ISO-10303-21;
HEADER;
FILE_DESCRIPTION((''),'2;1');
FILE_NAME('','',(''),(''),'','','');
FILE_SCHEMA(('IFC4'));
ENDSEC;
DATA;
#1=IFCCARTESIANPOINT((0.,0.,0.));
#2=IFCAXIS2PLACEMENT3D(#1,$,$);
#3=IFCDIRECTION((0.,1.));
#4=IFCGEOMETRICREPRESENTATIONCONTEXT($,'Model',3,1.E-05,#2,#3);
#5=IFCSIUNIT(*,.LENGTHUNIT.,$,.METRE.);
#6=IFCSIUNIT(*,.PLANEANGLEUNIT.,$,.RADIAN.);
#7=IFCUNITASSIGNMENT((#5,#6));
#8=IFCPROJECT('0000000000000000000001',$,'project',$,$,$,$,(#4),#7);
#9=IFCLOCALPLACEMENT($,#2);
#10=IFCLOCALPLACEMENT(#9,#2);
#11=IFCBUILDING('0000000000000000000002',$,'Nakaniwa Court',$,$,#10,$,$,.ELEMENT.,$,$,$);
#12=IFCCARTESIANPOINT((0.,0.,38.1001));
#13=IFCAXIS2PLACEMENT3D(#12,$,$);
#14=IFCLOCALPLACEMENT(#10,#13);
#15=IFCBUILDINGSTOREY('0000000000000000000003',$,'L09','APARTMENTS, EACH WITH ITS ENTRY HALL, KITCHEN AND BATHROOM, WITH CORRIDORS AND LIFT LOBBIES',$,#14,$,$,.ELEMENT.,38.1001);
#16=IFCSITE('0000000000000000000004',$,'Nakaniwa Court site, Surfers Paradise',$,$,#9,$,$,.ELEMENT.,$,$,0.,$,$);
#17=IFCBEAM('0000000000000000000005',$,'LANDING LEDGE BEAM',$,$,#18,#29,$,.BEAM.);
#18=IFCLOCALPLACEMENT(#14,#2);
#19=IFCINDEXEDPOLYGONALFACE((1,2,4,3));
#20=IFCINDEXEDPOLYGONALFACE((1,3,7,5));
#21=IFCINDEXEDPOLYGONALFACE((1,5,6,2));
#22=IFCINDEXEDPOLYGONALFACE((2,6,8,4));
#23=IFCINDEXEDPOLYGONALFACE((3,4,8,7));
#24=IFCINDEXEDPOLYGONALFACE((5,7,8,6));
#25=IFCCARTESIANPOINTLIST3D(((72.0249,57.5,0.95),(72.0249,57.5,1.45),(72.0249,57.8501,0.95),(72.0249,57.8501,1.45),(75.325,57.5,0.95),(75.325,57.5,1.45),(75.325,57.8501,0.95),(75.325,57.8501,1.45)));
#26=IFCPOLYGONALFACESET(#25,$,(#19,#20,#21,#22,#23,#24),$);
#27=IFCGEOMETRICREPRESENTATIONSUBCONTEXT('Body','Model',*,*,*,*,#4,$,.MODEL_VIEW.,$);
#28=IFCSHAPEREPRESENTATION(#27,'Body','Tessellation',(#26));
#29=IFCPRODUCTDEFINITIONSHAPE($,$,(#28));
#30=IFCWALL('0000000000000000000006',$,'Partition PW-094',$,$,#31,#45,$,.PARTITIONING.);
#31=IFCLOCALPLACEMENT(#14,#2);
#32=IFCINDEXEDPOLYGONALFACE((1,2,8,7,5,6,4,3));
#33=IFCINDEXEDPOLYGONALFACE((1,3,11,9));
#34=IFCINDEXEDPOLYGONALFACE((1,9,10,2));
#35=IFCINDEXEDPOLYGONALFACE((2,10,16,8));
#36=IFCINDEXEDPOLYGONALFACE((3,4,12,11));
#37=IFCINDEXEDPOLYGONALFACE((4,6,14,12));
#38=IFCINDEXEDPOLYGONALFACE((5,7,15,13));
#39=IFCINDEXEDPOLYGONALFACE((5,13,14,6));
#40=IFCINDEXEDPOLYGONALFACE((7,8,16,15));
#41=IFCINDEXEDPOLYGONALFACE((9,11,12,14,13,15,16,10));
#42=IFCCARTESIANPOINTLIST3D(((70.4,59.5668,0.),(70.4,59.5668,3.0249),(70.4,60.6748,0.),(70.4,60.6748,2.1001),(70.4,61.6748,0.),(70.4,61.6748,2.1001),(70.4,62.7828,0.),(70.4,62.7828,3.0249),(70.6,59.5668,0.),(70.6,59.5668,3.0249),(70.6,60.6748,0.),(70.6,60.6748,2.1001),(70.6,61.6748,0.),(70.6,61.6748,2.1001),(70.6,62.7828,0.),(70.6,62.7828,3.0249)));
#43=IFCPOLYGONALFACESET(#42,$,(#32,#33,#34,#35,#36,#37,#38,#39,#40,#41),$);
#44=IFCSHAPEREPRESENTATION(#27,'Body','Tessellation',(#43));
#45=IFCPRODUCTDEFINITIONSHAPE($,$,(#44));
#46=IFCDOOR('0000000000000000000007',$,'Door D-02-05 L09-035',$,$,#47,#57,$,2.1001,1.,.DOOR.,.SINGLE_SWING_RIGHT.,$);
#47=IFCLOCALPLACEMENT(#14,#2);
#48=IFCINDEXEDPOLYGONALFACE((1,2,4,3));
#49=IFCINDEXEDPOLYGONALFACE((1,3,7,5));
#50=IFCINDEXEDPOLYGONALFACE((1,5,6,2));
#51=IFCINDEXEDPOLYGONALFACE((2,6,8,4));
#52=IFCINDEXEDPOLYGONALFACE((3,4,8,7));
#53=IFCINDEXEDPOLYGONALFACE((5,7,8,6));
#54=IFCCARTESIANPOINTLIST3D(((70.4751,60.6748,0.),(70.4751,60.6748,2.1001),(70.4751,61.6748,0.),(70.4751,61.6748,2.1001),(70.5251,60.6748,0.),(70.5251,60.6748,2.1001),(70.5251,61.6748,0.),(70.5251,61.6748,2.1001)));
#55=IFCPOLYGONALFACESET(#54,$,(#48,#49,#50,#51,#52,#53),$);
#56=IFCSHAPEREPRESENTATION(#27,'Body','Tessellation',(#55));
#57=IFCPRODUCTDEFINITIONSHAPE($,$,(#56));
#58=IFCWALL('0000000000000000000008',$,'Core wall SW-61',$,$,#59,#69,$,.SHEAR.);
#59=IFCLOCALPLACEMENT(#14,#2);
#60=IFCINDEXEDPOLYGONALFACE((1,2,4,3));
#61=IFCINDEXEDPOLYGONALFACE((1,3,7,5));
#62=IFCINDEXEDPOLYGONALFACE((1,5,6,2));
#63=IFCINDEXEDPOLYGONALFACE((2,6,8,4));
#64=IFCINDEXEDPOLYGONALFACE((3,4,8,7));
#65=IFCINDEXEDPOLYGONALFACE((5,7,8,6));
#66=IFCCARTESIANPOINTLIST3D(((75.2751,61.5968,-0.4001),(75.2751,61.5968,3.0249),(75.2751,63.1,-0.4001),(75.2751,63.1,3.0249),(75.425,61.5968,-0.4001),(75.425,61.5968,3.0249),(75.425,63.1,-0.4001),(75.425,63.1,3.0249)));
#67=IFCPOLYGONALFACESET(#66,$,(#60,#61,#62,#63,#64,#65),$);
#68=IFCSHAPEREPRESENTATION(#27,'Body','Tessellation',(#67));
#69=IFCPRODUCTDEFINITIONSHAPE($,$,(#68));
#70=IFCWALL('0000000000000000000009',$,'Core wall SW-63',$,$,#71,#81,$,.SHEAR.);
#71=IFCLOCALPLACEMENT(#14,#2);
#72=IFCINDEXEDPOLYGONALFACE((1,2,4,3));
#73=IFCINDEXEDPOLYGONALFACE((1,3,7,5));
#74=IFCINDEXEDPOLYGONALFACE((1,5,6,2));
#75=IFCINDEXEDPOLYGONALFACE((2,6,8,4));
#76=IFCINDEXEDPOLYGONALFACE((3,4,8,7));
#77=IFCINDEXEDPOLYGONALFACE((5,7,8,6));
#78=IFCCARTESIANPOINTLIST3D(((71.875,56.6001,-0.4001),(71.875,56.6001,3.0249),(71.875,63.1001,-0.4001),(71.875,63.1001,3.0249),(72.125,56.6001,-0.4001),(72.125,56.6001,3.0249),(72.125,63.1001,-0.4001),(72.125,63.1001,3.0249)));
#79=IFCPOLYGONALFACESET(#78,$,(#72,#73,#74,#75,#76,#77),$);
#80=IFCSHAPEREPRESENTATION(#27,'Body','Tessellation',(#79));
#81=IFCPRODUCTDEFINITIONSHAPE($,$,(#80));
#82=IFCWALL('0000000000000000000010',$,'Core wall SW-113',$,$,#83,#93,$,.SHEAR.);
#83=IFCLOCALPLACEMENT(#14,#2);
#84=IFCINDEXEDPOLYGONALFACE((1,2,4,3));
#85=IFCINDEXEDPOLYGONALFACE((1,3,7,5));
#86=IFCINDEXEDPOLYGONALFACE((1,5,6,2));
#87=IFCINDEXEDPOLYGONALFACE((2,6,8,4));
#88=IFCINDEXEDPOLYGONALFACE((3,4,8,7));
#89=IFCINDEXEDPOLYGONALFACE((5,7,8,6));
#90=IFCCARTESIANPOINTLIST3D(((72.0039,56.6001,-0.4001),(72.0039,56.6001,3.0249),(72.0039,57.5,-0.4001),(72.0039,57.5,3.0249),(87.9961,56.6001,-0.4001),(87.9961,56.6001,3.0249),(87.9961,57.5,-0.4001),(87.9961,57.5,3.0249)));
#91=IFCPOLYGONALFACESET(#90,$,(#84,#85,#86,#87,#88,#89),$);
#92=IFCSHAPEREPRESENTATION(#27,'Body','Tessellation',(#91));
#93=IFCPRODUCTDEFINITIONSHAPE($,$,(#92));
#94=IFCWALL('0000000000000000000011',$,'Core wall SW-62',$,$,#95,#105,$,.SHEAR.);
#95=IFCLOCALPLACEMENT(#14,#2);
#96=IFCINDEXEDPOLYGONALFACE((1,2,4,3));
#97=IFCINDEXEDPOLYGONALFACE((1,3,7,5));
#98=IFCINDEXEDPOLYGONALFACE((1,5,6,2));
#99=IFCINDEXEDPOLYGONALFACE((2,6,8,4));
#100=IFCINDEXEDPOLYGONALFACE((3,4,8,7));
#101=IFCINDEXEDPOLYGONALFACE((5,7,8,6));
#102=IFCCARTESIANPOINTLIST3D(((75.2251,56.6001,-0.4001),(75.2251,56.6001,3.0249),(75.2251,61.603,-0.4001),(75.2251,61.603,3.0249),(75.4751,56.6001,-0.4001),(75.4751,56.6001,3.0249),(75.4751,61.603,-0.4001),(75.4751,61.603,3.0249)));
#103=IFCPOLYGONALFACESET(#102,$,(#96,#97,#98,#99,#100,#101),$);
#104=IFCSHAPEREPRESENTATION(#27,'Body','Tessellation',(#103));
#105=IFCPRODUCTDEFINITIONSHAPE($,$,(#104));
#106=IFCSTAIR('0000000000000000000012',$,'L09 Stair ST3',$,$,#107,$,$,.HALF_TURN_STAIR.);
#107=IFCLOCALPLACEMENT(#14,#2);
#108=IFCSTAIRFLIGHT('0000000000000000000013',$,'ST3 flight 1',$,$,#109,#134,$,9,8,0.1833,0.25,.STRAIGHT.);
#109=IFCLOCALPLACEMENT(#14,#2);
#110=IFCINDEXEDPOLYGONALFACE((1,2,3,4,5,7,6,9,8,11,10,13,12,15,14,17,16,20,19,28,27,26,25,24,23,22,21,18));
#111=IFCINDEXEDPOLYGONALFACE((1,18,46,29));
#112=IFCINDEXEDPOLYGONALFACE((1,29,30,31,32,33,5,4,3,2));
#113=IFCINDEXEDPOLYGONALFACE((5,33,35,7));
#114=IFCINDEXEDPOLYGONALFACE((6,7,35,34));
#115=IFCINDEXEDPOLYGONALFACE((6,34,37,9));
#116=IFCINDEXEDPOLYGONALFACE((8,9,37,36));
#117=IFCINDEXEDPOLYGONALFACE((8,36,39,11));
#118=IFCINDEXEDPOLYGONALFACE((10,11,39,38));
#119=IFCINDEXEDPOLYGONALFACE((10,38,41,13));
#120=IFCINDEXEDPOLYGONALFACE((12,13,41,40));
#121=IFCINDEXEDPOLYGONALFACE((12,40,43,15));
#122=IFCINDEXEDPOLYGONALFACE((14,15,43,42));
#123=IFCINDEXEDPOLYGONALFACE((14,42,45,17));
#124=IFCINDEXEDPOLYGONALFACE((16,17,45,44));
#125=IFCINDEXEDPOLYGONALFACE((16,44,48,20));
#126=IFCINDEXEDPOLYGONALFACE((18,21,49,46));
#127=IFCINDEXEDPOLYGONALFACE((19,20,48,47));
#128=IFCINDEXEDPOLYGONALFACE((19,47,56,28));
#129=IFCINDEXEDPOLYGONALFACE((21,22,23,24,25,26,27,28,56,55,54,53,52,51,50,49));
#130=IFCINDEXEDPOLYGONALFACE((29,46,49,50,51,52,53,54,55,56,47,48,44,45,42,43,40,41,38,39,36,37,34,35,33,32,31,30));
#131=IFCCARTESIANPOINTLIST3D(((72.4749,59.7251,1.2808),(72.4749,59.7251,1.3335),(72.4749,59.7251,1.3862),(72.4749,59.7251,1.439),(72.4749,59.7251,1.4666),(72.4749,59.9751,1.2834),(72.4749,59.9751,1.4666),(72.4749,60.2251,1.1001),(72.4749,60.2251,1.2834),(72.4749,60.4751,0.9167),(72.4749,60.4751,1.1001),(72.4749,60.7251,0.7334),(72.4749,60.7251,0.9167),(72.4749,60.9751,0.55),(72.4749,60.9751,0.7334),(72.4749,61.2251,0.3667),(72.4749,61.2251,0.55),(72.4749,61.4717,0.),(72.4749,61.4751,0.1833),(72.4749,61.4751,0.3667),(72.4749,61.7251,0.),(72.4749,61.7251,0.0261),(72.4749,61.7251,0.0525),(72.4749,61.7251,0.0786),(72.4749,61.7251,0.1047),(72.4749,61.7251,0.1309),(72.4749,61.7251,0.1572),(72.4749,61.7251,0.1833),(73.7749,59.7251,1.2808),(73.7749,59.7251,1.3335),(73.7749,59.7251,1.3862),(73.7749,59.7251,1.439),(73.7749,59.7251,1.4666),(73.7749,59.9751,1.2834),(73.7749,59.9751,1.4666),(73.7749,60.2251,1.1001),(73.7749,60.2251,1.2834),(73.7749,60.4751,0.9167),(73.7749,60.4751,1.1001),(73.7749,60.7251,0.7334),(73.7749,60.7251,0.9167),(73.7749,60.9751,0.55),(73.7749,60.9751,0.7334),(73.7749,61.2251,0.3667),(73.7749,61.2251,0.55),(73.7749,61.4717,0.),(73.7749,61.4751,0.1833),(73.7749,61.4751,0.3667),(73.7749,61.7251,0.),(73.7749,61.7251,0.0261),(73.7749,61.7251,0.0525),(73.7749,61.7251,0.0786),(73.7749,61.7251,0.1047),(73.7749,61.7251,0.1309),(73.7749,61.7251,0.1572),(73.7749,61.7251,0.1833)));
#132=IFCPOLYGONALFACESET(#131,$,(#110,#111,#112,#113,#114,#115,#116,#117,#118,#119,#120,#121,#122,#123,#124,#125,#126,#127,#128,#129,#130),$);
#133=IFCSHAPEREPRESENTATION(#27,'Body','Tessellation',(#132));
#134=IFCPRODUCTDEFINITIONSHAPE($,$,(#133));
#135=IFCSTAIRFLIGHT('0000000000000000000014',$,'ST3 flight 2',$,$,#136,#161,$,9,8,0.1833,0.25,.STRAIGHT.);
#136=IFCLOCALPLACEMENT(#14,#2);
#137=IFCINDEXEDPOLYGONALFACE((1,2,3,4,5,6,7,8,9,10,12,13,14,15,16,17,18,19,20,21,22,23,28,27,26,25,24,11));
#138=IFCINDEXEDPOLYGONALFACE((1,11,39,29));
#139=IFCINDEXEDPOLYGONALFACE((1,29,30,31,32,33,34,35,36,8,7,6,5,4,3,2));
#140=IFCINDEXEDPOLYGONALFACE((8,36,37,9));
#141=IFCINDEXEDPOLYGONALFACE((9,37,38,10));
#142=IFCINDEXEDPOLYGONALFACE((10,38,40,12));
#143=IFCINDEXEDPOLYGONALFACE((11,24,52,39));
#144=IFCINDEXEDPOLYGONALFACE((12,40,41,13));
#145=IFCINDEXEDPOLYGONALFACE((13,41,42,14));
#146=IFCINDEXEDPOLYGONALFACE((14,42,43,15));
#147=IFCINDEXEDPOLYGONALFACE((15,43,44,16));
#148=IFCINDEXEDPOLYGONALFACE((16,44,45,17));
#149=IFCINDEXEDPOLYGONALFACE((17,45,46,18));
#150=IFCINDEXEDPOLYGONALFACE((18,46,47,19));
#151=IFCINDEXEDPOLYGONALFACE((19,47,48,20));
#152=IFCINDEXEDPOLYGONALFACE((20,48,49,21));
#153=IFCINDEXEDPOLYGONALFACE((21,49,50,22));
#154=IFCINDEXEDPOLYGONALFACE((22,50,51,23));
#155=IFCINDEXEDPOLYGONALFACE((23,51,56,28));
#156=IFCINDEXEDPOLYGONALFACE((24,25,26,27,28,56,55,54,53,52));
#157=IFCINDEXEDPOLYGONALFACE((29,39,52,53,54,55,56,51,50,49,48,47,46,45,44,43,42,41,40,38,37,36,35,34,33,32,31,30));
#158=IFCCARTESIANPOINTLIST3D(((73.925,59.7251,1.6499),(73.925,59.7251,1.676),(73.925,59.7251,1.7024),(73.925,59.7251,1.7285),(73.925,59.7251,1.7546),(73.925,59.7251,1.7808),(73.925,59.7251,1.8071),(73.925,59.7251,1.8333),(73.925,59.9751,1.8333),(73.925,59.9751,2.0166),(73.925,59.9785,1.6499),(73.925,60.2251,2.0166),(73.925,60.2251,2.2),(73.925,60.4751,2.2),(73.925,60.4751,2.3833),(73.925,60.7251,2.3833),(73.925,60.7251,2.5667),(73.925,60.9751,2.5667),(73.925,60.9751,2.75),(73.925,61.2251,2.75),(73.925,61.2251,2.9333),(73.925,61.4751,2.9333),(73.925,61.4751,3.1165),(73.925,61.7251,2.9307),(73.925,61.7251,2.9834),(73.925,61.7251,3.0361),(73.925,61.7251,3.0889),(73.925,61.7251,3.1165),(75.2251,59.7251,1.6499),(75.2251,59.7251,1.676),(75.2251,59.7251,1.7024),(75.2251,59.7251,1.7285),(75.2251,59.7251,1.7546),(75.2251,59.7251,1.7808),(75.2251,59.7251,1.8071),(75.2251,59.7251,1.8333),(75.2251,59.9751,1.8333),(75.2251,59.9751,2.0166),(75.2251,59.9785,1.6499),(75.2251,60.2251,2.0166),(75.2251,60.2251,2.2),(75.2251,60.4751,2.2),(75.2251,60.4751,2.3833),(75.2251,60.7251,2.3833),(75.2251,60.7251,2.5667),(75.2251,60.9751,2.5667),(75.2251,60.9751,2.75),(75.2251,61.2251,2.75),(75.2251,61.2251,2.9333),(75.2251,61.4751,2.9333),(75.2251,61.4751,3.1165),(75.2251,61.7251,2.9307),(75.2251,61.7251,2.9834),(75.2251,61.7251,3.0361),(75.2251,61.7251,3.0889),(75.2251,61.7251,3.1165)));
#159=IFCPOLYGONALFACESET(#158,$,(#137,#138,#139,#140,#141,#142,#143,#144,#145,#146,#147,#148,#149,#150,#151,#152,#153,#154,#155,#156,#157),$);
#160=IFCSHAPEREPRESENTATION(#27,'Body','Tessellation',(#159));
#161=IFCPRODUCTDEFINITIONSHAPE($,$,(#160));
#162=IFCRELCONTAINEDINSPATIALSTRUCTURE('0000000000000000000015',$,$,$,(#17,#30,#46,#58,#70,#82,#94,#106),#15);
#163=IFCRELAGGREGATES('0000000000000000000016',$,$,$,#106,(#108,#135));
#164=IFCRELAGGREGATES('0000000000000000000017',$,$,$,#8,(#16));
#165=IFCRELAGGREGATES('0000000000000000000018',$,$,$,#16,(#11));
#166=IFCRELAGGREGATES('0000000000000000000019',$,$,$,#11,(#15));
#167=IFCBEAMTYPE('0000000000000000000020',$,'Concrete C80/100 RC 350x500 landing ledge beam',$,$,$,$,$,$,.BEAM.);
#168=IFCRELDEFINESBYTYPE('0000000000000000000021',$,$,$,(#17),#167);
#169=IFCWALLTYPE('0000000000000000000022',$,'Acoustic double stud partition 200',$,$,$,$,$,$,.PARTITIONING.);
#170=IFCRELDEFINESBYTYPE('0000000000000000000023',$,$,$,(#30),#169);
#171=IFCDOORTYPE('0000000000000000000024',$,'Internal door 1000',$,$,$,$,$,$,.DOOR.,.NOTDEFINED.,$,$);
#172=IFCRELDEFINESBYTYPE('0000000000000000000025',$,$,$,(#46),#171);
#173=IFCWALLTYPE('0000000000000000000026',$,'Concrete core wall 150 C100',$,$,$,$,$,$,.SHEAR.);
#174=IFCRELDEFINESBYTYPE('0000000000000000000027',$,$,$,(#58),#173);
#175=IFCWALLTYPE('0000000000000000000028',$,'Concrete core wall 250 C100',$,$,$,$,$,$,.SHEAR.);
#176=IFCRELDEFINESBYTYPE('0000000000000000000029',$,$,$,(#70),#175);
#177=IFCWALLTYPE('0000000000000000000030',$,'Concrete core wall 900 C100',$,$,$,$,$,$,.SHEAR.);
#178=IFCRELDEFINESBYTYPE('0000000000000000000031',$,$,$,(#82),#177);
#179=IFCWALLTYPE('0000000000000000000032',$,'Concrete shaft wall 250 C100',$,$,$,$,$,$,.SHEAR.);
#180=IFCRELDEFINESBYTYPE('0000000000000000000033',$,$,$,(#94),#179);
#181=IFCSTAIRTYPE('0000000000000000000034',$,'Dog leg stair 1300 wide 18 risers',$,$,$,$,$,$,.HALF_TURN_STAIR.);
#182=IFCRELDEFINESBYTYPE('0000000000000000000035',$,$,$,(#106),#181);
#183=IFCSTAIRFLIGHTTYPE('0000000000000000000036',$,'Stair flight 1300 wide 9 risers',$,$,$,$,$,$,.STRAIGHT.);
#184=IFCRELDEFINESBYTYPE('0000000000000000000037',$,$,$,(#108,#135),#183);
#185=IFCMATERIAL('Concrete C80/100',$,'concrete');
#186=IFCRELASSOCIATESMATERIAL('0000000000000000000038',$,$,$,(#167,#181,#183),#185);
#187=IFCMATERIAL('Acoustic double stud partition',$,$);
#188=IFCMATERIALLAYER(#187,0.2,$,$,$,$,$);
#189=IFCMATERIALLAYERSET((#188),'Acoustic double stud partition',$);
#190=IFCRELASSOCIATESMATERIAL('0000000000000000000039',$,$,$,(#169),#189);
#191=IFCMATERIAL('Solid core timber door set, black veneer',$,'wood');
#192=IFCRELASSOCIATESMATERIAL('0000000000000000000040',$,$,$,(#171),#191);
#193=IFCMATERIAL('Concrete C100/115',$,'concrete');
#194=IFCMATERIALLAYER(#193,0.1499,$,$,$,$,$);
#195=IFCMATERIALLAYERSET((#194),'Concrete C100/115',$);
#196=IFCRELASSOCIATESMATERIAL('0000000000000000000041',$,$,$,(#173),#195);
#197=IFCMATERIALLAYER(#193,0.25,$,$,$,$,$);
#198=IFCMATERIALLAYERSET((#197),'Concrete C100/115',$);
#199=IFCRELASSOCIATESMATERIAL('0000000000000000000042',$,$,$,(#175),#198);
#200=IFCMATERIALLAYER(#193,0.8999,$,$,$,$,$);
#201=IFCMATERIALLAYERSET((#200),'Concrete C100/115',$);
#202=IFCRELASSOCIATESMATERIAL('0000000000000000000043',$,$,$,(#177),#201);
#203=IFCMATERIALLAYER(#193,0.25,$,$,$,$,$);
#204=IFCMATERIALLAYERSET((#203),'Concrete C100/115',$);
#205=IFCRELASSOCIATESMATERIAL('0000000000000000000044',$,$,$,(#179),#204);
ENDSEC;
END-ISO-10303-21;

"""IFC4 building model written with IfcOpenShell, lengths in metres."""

from ifc_helpers import new_model, si_unit, direction, frame, frame_2d, origin, origin_2d, place, context, subcontext, project, spatial, polyline, rectangle, outline, extrude, material, layer, layer_set, material_profile, profile_set, type_object, element, fill, aggregate, save


model = new_model("IFC4")

# Units and contexts
model_context = context("Model", 3, precision=1e-05, world=origin(), true_north=direction((0.0, 1.0)))
body_context = subcontext(model_context, "Body", "Model", "MODEL_VIEW")
ifc_project = project(units=[si_unit("LENGTHUNIT", "METRE"), si_unit("PLANEANGLEUNIT", "RADIAN")], contexts=[model_context])

# Site, building, storey
site_placement = place(None, origin())
site = spatial("IfcSite", under=ifc_project, at=site_placement, Name="Nakaniwa Court site, Surfers Paradise", CompositionType="ELEMENT", RefElevation=0.0)
building_placement = place(site_placement, origin())
building = spatial("IfcBuilding", under=site, at=building_placement, Name="Nakaniwa Court", CompositionType="ELEMENT")
storey_placement = place(building_placement, frame((0.0, 0.0, 38.1001)))
storey = spatial("IfcBuildingStorey", under=building, at=storey_placement, Name="L09", Description="APARTMENTS, EACH WITH ITS ENTRY HALL, KITCHEN AND BATHROOM, WITH CORRIDORS AND LIFT LOBBIES", CompositionType="ELEMENT", Elevation=38.1001)

# Beam
ifc_material_1 = material(Name="Concrete C80/100", Category="concrete")
ifc_material_profile = material_profile(ifc_material_1, rectangle(XDim=0.3501, YDim=0.5, at=origin_2d()), Name="Concrete C80/100 RC 350x500 landing ledge beam")
ifc_profile_set = profile_set([ifc_material_profile], Name="Concrete C80/100")
beam_type = type_object("IfcBeamType", Name="Concrete C80/100 RC 350x500 landing ledge beam", PredefinedType="BEAM", material=ifc_profile_set)
beam_placement = place(storey_placement, frame((72.0249, 57.675, 1.2), z_axis=(1.0, 0.0, 0.0), x_axis=(0.0, 1.0, 0.0)))
element("IfcBeam", 1, at=beam_placement, inside=storey, type_object=beam_type, Name="LANDING LEDGE BEAM", PredefinedType="BEAM", context=body_context, shape_type="SweptSolid", body=[
    extrude(rectangle(XDim=0.3501, YDim=0.5, at=origin_2d()), origin(), (0.0, 0.0, 1.0), 3.3),
])

# Wall, opening, door
ifc_material_2 = material(Name="Acoustic double stud partition")
ifc_layer_1 = layer(ifc_material_2, 0.2)
ifc_layer_set_1 = layer_set([ifc_layer_1], Name="Acoustic double stud partition")
wall_type_1 = type_object("IfcWallType", Name="Acoustic double stud partition 200", PredefinedType="PARTITIONING", material=ifc_layer_set_1)
wall_1_placement = place(storey_placement, frame((70.5, 59.5669, 0.0), z_axis=(0.0, 0.0, 1.0), x_axis=(0.0, 1.0, 0.0)))
wall_1 = element("IfcWall", 2, at=wall_1_placement, inside=storey, type_object=wall_type_1, Name="Partition PW-094", PredefinedType="PARTITIONING", context=body_context, shape_type="SweptSolid", body=[
    extrude(rectangle(XDim=3.2161, YDim=0.2, at=frame_2d((1.6079, 0.0))), origin(), (0.0, 0.0, 1.0), 3.0249),
])
opening_placement = place(wall_1_placement, frame((1.1079, 0.0, 0.0)))
opening = element("IfcOpeningElement", 3, at=opening_placement, cuts=wall_1, PredefinedType="OPENING", context=body_context, shape_type="SweptSolid", body=[
    extrude(rectangle(XDim=1.0, YDim=2.1001, at=frame_2d((0.5, 1.05))), frame((0.0, 0.1099, 0.0), z_axis=(0.0, -1.0, 0.0), x_axis=(1.0, 0.0, 0.0)), (0.0, 0.0, 1.0), 0.22),
])
ifc_material_3 = material(Name="Solid core timber door set, black veneer", Category="wood")
door_type = type_object("IfcDoorType", Name="Internal door 1000", OperationType="NOTDEFINED", PredefinedType="DOOR", material=ifc_material_3)
door_placement = place(opening_placement, origin())
door = element("IfcDoor", 4, at=door_placement, inside=storey, type_object=door_type, Name="Door D-02-05 L09-035", OperationType="SINGLE_SWING_RIGHT", OverallHeight=2.1001, OverallWidth=1.0, PredefinedType="DOOR", context=body_context, shape_type="SweptSolid", body=[
    extrude(rectangle(XDim=1.0, YDim=2.1001, at=frame_2d((0.5, 1.05))), frame((0.0, 0.0249, 0.0), z_axis=(0.0, -1.0, 0.0), x_axis=(1.0, 0.0, 0.0)), (0.0, 0.0, 1.0), 0.05),
])
fill(opening, door)

# Walls
ifc_material_4 = material(Name="Concrete C100/115", Category="concrete")
ifc_layer_2 = layer(ifc_material_4, 0.1499)
ifc_layer_set_2 = layer_set([ifc_layer_2], Name="Concrete C100/115")
wall_type_2 = type_object("IfcWallType", Name="Concrete core wall 150 C100", PredefinedType="SHEAR", material=ifc_layer_set_2)
wall_2_placement = place(storey_placement, frame((75.3501, 61.5969, -0.4001), z_axis=(0.0, 0.0, 1.0), x_axis=(0.0, 1.0, 0.0)))
element("IfcWall", 5, at=wall_2_placement, inside=storey, type_object=wall_type_2, Name="Core wall SW-61", PredefinedType="SHEAR", context=body_context, shape_type="SweptSolid", body=[
    extrude(rectangle(XDim=1.5032, YDim=0.1499, at=frame_2d((0.7515, 0.0))), origin(), (0.0, 0.0, 1.0), 3.425),
])
ifc_layer_3 = layer(ifc_material_4, 0.25)
ifc_layer_set_3 = layer_set([ifc_layer_3], Name="Concrete C100/115")
wall_type_3 = type_object("IfcWallType", Name="Concrete core wall 250 C100", PredefinedType="SHEAR", material=ifc_layer_set_3)
wall_3_placement = place(storey_placement, frame((72.0, 56.6001, -0.4001), z_axis=(0.0, 0.0, 1.0), x_axis=(0.0, 1.0, 0.0)))
element("IfcWall", 6, at=wall_3_placement, inside=storey, type_object=wall_type_3, Name="Core wall SW-63", PredefinedType="SHEAR", context=body_context, shape_type="SweptSolid", body=[
    extrude(rectangle(XDim=6.5, YDim=0.25, at=frame_2d((3.25, 0.0))), origin(), (0.0, 0.0, 1.0), 3.425),
])
ifc_layer_4 = layer(ifc_material_4, 0.8999)
ifc_layer_set_4 = layer_set([ifc_layer_4], Name="Concrete C100/115")
wall_type_4 = type_object("IfcWallType", Name="Concrete core wall 900 C100", PredefinedType="SHEAR", material=ifc_layer_set_4)
wall_4_placement = place(storey_placement, frame((72.0039, 57.05, -0.4001), z_axis=(0.0, 0.0, 1.0), x_axis=(1.0, 0.0, 0.0)))
element("IfcWall", 7, at=wall_4_placement, inside=storey, type_object=wall_type_4, Name="Core wall SW-113", PredefinedType="SHEAR", context=body_context, shape_type="SweptSolid", body=[
    extrude(rectangle(XDim=15.9922, YDim=0.8999, at=frame_2d((7.9961, 0.0))), origin(), (0.0, 0.0, 1.0), 3.425),
])
ifc_layer_5 = layer(ifc_material_4, 0.25)
ifc_layer_set_5 = layer_set([ifc_layer_5], Name="Concrete C100/115")
wall_type_5 = type_object("IfcWallType", Name="Concrete shaft wall 250 C100", PredefinedType="SHEAR", material=ifc_layer_set_5)
wall_5_placement = place(storey_placement, frame((75.3501, 56.6001, -0.4001), z_axis=(0.0, 0.0, 1.0), x_axis=(0.0, 1.0, 0.0)))
element("IfcWall", 8, at=wall_5_placement, inside=storey, type_object=wall_type_5, Name="Core wall SW-62", PredefinedType="SHEAR", context=body_context, shape_type="SweptSolid", body=[
    extrude(rectangle(XDim=5.0029, YDim=0.25, at=frame_2d((2.5015, 0.0))), origin(), (0.0, 0.0, 1.0), 3.425),
])

# Stair, stair flights
stair_type = type_object("IfcStairType", Name="Dog leg stair 1300 wide 18 risers", PredefinedType="HALF_TURN_STAIR", material=ifc_material_1)
stair_placement = place(storey_placement, origin())
stair = element("IfcStair", 9, at=stair_placement, inside=storey, type_object=stair_type, Name="L09 Stair ST3", PredefinedType="HALF_TURN_STAIR")
stair_flight_type = type_object("IfcStairFlightType", Name="Stair flight 1300 wide 9 risers", PredefinedType="STRAIGHT", material=ifc_material_1)
stair_flight_1_placement = place(storey_placement, frame((73.125, 61.7251, 0.0), z_axis=(0.0, 0.0, 1.0), x_axis=(0.0, -1.0, 0.0)))
stair_flight_1 = element("IfcStairFlight", 10, at=stair_flight_1_placement, type_object=stair_flight_type, Name="ST3 flight 1", NumberOfRisers=9, NumberOfTreads=8, PredefinedType="STRAIGHT", RiserHeight=0.1833, TreadLength=0.25, context=body_context, shape_type="SweptSolid", body=[
    extrude(outline(polyline([(0.0, 0.0), (0.0, 0.0261), (0.0, 0.0525), (0.0, 0.0786), (0.0, 0.1047), (0.0, 0.1309), (0.0, 0.1572), (0.0, 0.1833), (0.25, 0.1833), (0.25, 0.3667), (0.5, 0.3667), (0.5, 0.55), (0.75, 0.55), (0.75, 0.7334), (1.0, 0.7334), (1.0, 0.9167), (1.25, 0.9167), (1.25, 1.1001), (1.5, 1.1001), (1.5, 1.2834), (1.75, 1.2834), (1.75, 1.4666), (2.0, 1.4666), (2.0, 1.6499), (2.0, 1.5972), (2.0, 1.5444), (2.0, 1.4917), (2.0, 1.439), (2.0, 1.3862), (2.0, 1.3335), (2.0, 1.2808), (0.2534, 0.0), (0.0, 0.0)])), frame((0.0, 0.6499, 0.0), z_axis=(0.0, -1.0, 0.0), x_axis=(1.0, 0.0, 0.0)), (0.0, 0.0, 1.0), 1.3),
])
stair_flight_2_placement = place(storey_placement, frame((74.575, 59.7251, 1.6499), z_axis=(0.0, 0.0, 1.0), x_axis=(0.0, 1.0, 0.0)))
stair_flight_2 = element("IfcStairFlight", 11, at=stair_flight_2_placement, type_object=stair_flight_type, Name="ST3 flight 2", NumberOfRisers=9, NumberOfTreads=8, PredefinedType="STRAIGHT", RiserHeight=0.1833, TreadLength=0.25, context=body_context, shape_type="SweptSolid", body=[
    extrude(outline(polyline([(0.0, 0.0), (0.0, 0.0261), (0.0, 0.0525), (0.0, 0.0786), (0.0, 0.1047), (0.0, 0.1309), (0.0, 0.1572), (0.0, 0.1833), (0.25, 0.1833), (0.25, 0.3667), (0.5, 0.3667), (0.5, 0.55), (0.75, 0.55), (0.75, 0.7334), (1.0, 0.7334), (1.0, 0.9167), (1.25, 0.9167), (1.25, 1.1001), (1.5, 1.1001), (1.5, 1.2834), (1.75, 1.2834), (1.75, 1.4666), (2.0, 1.4666), (2.0, 1.6499), (2.0, 1.5972), (2.0, 1.5444), (2.0, 1.4917), (2.0, 1.439), (2.0, 1.3862), (2.0, 1.3335), (2.0, 1.2808), (0.2534, 0.0), (0.0, 0.0)])), frame((0.0, 0.6499, 0.0), z_axis=(0.0, -1.0, 0.0), x_axis=(1.0, 0.0, 0.0)), (0.0, 0.0, 1.0), 1.3),
])
aggregate(stair, [stair_flight_1, stair_flight_2])

save(model, "model.ifc")
